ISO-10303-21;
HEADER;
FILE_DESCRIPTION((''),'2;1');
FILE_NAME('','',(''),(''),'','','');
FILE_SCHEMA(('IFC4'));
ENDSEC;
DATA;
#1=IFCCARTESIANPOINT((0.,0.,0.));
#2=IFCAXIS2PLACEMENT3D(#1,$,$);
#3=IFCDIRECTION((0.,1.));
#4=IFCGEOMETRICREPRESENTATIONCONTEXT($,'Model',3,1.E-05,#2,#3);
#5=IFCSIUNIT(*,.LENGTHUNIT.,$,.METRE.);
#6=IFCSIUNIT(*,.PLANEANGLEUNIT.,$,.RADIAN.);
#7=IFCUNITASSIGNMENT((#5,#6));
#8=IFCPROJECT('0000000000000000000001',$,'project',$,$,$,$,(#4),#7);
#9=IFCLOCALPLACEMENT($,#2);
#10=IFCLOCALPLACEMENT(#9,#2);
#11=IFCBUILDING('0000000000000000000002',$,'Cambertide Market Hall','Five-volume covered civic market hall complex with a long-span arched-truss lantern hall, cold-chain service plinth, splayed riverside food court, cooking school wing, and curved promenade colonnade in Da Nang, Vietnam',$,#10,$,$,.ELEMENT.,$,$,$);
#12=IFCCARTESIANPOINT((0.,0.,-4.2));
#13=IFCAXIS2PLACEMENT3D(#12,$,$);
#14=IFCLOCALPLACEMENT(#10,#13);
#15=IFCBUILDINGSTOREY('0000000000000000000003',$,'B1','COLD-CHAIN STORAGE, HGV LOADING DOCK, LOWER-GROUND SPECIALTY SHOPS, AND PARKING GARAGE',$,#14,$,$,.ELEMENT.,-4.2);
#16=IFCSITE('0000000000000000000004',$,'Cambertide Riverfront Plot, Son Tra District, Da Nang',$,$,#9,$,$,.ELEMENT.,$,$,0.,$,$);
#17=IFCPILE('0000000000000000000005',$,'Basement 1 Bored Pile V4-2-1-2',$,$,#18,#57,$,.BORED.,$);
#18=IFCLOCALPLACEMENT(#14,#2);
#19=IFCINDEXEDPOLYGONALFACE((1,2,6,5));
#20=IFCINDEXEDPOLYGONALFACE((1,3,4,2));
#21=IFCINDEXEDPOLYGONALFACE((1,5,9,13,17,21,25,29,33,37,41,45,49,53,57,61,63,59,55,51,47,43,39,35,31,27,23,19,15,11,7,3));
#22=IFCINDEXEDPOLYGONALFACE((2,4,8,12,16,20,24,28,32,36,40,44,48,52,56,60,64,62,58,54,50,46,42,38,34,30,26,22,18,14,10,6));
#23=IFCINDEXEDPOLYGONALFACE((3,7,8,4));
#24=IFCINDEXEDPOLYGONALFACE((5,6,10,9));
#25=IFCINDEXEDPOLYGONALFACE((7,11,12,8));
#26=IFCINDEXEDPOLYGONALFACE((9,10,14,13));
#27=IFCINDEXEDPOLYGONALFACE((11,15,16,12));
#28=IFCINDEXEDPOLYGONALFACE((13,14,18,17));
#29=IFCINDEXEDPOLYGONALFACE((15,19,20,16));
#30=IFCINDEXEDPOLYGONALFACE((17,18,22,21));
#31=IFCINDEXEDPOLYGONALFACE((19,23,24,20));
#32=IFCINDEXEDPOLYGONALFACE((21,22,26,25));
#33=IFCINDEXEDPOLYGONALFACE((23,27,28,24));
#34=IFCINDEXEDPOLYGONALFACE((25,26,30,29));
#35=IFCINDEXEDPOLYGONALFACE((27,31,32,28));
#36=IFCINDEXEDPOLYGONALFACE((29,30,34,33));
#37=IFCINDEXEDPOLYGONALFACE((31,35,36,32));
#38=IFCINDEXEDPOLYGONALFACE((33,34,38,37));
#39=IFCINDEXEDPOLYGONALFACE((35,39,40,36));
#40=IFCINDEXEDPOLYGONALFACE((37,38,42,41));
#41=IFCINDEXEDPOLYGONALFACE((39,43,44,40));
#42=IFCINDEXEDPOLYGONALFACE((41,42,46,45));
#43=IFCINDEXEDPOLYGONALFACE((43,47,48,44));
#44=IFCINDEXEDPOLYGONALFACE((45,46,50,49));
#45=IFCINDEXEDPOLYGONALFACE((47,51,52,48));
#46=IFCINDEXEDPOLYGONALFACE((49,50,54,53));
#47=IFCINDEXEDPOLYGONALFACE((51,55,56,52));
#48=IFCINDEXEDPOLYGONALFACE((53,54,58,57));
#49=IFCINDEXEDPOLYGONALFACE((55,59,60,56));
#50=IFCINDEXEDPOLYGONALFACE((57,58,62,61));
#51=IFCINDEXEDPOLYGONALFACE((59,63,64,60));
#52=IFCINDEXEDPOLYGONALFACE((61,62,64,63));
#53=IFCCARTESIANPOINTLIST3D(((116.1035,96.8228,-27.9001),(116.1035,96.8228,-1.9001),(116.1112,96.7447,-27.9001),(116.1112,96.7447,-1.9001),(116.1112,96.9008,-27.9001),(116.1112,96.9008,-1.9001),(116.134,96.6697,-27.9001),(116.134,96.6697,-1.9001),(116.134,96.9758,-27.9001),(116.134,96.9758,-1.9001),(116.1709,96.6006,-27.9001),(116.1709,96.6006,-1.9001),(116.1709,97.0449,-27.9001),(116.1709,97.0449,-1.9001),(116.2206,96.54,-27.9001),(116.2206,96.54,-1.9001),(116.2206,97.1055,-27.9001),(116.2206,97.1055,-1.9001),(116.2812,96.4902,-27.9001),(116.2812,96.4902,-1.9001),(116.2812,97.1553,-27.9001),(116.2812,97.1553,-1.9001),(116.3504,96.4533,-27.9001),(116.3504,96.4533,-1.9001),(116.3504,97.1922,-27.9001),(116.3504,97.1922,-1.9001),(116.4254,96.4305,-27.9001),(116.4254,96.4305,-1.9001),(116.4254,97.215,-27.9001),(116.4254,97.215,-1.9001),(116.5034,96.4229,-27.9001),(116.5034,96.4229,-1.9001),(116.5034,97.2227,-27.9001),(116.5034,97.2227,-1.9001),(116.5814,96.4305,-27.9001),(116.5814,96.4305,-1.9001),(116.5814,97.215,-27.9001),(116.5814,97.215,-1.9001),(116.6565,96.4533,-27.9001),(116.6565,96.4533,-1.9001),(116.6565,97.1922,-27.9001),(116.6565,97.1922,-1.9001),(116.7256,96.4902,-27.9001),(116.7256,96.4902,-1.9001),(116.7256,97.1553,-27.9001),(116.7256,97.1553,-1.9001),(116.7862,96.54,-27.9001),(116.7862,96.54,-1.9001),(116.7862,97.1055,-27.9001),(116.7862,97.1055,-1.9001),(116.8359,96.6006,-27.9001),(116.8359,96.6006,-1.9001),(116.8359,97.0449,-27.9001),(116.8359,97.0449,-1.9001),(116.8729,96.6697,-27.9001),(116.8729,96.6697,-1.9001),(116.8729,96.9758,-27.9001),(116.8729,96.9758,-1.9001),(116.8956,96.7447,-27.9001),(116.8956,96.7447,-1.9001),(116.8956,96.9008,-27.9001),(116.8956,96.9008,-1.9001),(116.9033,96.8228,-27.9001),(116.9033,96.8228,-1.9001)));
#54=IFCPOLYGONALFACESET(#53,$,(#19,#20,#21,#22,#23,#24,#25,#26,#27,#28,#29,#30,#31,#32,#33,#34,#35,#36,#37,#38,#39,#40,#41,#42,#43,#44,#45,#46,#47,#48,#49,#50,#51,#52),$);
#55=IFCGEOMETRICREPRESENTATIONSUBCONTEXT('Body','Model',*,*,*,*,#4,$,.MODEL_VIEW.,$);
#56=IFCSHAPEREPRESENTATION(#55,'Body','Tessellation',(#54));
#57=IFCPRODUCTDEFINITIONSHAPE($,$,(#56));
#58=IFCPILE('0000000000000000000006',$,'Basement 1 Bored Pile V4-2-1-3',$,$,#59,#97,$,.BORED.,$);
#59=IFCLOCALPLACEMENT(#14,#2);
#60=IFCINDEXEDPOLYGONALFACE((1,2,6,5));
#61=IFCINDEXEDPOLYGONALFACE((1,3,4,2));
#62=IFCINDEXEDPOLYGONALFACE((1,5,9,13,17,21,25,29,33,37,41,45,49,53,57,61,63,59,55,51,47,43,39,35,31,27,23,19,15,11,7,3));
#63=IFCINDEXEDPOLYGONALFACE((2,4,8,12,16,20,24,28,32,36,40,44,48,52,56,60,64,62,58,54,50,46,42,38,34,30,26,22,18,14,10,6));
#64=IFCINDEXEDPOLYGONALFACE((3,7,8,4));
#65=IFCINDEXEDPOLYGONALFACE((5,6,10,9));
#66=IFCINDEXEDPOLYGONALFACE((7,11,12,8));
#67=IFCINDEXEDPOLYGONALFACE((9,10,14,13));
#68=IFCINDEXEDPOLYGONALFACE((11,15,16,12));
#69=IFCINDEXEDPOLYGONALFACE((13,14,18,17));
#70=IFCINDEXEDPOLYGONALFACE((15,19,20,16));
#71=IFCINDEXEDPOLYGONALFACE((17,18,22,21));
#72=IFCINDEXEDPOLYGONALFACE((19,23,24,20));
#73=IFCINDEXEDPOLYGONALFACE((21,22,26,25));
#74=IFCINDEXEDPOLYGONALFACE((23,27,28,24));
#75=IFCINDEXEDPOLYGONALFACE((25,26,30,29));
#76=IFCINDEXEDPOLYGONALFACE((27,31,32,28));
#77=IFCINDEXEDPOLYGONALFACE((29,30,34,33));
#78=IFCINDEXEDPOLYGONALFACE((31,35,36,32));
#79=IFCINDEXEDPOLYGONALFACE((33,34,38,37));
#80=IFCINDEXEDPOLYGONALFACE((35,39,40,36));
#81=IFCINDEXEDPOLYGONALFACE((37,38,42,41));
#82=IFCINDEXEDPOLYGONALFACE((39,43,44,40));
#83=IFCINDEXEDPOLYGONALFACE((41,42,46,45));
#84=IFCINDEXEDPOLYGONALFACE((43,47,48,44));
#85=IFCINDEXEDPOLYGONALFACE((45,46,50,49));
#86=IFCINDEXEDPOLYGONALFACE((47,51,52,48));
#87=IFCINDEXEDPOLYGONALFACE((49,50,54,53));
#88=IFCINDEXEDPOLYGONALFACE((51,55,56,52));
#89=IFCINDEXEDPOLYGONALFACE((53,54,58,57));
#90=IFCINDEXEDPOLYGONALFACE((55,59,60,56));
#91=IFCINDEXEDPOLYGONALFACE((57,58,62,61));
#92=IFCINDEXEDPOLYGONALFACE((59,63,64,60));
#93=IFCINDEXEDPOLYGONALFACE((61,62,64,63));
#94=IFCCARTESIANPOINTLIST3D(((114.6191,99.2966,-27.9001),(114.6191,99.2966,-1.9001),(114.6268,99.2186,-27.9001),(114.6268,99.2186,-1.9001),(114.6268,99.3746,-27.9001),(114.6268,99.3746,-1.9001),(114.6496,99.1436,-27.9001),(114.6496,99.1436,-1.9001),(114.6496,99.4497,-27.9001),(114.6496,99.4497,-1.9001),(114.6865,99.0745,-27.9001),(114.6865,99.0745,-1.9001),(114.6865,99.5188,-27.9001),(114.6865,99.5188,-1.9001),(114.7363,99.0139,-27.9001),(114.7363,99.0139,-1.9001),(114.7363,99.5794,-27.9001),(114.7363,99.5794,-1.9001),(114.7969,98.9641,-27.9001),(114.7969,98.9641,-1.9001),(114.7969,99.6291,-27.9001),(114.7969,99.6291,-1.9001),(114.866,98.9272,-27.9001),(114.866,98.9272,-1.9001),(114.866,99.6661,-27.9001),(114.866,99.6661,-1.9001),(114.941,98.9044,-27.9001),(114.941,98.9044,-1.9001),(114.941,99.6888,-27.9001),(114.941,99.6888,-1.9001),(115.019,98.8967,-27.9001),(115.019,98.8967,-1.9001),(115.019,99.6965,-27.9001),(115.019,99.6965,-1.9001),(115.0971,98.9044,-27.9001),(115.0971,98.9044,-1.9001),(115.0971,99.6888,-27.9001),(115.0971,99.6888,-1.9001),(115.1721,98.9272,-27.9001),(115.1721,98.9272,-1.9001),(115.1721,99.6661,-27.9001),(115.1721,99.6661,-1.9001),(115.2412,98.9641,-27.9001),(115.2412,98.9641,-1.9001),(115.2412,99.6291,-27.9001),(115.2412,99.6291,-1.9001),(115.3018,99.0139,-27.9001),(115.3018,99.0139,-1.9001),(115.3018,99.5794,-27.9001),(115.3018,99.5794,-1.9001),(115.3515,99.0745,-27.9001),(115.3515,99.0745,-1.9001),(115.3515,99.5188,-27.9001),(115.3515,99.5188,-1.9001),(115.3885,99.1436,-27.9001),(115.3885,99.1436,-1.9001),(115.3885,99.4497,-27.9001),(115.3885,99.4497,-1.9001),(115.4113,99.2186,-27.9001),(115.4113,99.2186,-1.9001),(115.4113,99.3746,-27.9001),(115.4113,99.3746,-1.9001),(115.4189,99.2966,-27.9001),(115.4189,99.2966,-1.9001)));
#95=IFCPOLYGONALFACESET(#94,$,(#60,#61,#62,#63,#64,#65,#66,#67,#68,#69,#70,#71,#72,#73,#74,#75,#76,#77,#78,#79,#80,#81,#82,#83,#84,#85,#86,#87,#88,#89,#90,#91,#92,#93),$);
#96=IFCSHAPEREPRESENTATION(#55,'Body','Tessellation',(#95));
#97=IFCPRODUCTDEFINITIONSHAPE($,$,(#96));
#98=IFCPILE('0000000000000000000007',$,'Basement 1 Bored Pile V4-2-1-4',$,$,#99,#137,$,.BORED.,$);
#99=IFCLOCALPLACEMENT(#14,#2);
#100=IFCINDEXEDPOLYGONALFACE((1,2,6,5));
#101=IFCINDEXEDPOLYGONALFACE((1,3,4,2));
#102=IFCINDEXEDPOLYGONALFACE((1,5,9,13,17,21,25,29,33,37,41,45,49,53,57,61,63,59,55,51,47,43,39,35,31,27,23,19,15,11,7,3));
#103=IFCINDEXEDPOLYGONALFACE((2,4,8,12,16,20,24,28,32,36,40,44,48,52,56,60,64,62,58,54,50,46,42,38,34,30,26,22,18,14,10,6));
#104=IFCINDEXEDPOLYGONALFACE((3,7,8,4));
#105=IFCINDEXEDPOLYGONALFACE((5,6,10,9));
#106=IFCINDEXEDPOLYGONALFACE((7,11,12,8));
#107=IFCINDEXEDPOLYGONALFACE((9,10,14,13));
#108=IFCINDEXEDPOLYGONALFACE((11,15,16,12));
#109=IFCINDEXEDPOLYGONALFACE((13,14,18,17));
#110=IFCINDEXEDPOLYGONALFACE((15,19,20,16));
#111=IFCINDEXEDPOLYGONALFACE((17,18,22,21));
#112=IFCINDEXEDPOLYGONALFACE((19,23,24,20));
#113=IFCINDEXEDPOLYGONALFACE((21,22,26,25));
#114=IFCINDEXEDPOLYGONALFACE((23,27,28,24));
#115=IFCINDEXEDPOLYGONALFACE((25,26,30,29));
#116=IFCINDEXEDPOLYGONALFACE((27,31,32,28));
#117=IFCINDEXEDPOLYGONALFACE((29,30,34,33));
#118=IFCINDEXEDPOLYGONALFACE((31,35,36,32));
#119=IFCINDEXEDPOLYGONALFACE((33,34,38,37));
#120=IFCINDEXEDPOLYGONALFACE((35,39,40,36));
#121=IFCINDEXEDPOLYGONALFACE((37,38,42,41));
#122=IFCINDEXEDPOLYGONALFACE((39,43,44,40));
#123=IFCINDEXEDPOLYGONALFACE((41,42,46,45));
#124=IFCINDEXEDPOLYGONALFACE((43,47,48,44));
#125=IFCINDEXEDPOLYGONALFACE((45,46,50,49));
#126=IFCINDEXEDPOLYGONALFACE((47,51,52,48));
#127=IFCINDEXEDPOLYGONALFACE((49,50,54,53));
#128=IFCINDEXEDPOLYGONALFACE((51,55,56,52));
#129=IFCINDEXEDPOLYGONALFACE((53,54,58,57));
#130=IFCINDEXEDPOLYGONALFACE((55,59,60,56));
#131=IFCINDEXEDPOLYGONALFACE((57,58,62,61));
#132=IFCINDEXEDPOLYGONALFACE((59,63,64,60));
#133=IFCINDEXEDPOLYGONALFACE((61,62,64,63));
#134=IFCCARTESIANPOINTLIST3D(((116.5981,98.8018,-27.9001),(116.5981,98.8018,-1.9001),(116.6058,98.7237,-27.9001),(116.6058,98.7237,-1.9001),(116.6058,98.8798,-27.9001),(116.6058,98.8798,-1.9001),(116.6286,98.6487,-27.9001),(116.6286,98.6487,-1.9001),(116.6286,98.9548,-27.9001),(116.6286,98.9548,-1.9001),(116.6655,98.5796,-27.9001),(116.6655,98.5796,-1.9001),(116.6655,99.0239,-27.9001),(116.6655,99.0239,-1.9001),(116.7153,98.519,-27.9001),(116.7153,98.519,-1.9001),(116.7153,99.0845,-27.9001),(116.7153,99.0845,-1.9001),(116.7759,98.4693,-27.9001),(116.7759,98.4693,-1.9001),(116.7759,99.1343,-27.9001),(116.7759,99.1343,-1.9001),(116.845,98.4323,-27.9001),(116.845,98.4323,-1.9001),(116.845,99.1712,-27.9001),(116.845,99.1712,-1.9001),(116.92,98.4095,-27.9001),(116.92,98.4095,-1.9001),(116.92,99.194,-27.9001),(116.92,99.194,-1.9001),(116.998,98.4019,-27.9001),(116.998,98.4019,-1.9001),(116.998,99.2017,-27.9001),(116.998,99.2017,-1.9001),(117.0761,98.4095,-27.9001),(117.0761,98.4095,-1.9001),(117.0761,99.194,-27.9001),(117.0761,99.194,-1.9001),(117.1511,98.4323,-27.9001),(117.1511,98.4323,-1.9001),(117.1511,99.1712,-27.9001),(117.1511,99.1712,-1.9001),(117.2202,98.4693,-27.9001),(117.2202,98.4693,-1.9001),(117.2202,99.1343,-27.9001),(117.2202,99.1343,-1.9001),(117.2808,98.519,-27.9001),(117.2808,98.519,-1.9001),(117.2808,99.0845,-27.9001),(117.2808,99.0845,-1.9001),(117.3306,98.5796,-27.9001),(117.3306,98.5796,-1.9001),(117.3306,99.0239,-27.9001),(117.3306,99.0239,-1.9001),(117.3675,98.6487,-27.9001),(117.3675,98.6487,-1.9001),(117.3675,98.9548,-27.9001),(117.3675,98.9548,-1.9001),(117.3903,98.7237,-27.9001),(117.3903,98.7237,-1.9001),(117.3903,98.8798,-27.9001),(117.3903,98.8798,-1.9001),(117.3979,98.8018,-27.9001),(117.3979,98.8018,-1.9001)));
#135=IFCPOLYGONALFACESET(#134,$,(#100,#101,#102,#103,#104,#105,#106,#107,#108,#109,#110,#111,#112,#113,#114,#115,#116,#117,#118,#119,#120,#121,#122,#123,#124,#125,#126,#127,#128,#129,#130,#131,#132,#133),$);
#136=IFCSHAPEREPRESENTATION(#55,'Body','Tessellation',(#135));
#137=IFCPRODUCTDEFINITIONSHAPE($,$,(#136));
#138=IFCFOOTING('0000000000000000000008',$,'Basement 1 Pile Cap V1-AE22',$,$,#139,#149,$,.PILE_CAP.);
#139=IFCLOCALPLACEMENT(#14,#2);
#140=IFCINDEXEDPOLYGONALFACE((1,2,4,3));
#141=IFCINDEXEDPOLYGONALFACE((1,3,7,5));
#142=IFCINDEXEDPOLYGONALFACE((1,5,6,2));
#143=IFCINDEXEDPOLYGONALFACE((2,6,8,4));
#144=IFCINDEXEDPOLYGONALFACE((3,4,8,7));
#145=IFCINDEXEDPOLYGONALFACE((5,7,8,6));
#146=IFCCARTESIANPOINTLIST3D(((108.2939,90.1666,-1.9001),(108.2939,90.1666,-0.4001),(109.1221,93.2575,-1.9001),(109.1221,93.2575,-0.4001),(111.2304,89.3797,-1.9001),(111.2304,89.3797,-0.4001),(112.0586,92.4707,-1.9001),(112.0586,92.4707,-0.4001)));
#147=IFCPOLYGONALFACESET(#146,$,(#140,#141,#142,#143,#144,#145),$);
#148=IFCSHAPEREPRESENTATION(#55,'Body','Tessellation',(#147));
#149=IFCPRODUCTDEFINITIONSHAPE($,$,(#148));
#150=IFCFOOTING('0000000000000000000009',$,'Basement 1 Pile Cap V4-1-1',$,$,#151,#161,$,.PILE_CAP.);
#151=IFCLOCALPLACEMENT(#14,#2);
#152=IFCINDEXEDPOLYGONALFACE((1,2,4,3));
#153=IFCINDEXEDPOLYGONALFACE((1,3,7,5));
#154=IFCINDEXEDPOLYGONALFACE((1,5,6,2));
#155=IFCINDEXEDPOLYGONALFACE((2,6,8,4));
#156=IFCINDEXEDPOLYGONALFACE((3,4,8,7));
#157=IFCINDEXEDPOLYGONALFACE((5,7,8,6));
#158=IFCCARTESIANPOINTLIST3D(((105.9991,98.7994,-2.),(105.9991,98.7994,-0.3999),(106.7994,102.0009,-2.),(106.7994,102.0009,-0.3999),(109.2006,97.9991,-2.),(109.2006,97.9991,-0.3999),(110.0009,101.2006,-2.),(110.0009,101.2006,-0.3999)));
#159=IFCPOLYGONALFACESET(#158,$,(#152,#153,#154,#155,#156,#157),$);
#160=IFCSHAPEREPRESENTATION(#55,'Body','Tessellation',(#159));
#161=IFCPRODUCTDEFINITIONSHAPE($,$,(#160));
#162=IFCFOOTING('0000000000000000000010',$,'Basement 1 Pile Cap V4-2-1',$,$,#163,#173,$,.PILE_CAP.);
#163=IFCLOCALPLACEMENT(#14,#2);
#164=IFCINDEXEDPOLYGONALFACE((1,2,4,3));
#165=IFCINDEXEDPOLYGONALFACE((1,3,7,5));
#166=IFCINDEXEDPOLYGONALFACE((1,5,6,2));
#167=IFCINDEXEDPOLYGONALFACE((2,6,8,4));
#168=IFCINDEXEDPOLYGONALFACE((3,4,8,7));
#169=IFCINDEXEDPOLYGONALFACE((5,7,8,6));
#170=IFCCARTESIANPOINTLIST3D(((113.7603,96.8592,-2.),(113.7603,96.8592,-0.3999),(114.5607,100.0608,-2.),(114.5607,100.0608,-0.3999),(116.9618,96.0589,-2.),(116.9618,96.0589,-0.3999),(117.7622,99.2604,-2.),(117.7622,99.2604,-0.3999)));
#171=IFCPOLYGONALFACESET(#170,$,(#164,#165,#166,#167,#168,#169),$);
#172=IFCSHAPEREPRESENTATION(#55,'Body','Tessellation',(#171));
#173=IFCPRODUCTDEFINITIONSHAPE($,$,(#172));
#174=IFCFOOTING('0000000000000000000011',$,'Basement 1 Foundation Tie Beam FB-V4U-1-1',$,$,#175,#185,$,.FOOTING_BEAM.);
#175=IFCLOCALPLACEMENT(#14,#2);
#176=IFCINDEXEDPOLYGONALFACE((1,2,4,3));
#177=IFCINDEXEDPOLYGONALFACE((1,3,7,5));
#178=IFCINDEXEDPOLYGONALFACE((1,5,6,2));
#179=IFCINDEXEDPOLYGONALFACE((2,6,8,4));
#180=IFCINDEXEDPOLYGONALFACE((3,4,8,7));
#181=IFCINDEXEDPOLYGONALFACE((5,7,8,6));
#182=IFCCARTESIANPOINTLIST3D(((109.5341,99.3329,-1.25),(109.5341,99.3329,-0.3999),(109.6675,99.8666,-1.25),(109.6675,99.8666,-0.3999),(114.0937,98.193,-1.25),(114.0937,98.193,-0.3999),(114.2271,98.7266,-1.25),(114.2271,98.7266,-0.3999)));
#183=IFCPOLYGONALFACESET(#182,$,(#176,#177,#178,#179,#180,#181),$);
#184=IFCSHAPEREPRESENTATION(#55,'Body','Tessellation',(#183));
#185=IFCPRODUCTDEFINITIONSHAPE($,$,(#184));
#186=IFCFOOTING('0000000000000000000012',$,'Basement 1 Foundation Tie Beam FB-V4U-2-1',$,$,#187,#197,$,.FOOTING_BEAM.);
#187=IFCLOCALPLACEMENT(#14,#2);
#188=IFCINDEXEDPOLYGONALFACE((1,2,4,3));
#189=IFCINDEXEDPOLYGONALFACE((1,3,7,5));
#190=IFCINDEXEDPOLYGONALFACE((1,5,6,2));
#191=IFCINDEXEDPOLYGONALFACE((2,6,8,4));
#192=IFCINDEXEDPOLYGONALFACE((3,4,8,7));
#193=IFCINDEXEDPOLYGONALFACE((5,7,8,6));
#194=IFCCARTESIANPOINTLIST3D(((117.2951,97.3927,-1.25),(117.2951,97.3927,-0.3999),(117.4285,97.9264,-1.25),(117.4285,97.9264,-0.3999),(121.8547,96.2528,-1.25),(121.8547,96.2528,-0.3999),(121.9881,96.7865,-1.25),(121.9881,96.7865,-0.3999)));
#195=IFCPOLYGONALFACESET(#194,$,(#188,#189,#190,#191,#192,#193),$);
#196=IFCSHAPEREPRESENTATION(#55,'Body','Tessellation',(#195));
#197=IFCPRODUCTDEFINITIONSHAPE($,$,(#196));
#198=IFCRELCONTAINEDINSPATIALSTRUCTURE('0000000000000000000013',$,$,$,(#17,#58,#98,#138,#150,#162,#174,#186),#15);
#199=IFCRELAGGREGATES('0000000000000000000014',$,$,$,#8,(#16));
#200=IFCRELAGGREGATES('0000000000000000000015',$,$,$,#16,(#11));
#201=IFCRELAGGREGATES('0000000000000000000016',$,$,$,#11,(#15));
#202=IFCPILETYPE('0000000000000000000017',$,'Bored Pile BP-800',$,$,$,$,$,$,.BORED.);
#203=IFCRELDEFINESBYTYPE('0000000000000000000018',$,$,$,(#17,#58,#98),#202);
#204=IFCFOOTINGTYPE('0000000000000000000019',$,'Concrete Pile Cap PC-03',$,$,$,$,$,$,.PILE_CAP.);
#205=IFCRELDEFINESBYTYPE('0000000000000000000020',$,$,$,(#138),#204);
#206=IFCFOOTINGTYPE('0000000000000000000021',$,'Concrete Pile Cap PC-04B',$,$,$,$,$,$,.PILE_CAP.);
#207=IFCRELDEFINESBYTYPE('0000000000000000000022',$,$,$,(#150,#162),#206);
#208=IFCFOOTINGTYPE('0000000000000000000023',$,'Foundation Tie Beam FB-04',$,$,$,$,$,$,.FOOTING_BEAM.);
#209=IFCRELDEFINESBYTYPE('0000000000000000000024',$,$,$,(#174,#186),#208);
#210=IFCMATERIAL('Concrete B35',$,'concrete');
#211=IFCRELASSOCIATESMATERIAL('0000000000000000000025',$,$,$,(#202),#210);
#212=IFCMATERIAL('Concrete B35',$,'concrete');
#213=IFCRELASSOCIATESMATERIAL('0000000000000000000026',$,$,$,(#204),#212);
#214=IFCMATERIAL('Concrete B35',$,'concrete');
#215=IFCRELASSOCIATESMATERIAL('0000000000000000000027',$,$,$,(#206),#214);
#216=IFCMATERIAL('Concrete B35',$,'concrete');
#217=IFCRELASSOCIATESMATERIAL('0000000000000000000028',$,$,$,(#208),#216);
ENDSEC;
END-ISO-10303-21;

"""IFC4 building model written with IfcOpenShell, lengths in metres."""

from ifc_helpers import new_model, si_unit, direction, frame, origin, origin_2d, place, context, subcontext, project, spatial, rectangle, circle, extrude, material, material_profile, profile_set, type_object, element, save


model = new_model("IFC4")

# Units and contexts
model_context = context("Model", 3, precision=1e-05, world=origin(), true_north=direction((0.0, 1.0)))
body_context = subcontext(model_context, "Body", "Model", "MODEL_VIEW")
ifc_project = project(units=[si_unit("LENGTHUNIT", "METRE"), si_unit("PLANEANGLEUNIT", "RADIAN")], contexts=[model_context])

# Site, building, storey
site_placement = place(None, origin())
site = spatial("IfcSite", under=ifc_project, at=site_placement, Name="Cambertide Riverfront Plot, Son Tra District, Da Nang", CompositionType="ELEMENT", RefElevation=0.0)
building_placement = place(site_placement, origin())
building = spatial("IfcBuilding", under=site, at=building_placement, Name="Cambertide Market Hall", Description="Five-volume covered civic market hall complex with a long-span arched-truss lantern hall, cold-chain service plinth, splayed riverside food court, cooking school wing, and curved promenade colonnade in Da Nang, Vietnam", CompositionType="ELEMENT")
storey_placement = place(building_placement, frame((0.0, 0.0, -4.2)))
storey = spatial("IfcBuildingStorey", under=building, at=storey_placement, Name="B1", Description="COLD-CHAIN STORAGE, HGV LOADING DOCK, LOWER-GROUND SPECIALTY SHOPS, AND PARKING GARAGE", CompositionType="ELEMENT", Elevation=-4.2)

# Piles
ifc_material_1 = material(Name="Concrete B35", Category="concrete")
ifc_material_profile_1 = material_profile(ifc_material_1, circle(Radius=0.3999, at=origin_2d()), Name="BP D800")
ifc_profile_set_1 = profile_set([ifc_material_profile_1], Name="Concrete B35")
pile_type_1 = type_object("IfcPileType", Name="Bored Pile BP-800", PredefinedType="BORED", material=ifc_profile_set_1)
for number, where, z_axis, x_axis, name in (
    (1, (116.5034, 96.8228, -1.9001), (0.0, 0.0, -1.0), (1.0, 0.0, 0.0), "Basement 1 Bored Pile V4-2-1-2"),
    (2, (115.019, 99.2966, -1.9001), (0.0, 0.0, -1.0), (1.0, 0.0, 0.0), "Basement 1 Bored Pile V4-2-1-3"),
    (3, (116.998, 98.8018, -1.9001), (0.0, 0.0, -1.0), (1.0, 0.0, 0.0), "Basement 1 Bored Pile V4-2-1-4"),
):
    element("IfcPile", number, at=place(storey_placement, frame(where, z_axis=z_axis, x_axis=x_axis)), inside=storey, type_object=pile_type_1, Name=name, PredefinedType="BORED", context=body_context, shape_type="SweptSolid", body=[
        extrude(circle(Radius=0.3999, at=origin_2d()), origin(), (0.0, 0.0, 1.0), 26.0),
    ])

# Footings
ifc_material_2 = material(Name="Concrete B35", Category="concrete")
footing_type_1 = type_object("IfcFootingType", Name="Concrete Pile Cap PC-03", PredefinedType="PILE_CAP", material=ifc_material_2)
footing_placement = place(storey_placement, frame((110.1763, 91.3186, -1.9001), z_axis=(0.0, 0.0, 1.0), x_axis=(0.258819, 0.965926, 0.0)))
element("IfcFooting", 4, at=footing_placement, inside=storey, type_object=footing_type_1, Name="Basement 1 Pile Cap V1-AE22", PredefinedType="PILE_CAP", context=body_context, shape_type="SweptSolid", body=[
    extrude(rectangle(XDim=3.2, YDim=3.04, at=origin_2d()), origin(), (0.0, 0.0, 1.0), 1.5),
])
ifc_material_3 = material(Name="Concrete B35", Category="concrete")
footing_type_2 = type_object("IfcFootingType", Name="Concrete Pile Cap PC-04B", PredefinedType="PILE_CAP", material=ifc_material_3)
for number, where, z_axis, x_axis, name in (
    (5, (108.0, 100.0, -2.0), (0.0, 0.0, 1.0), (0.970143, -0.242536, 0.0), "Basement 1 Pile Cap V4-1-1"),
    (6, (115.7612, 98.0598, -2.0), (0.0, 0.0, 1.0), (0.970143, -0.242536, 0.0), "Basement 1 Pile Cap V4-2-1"),
):
    element("IfcFooting", number, at=place(storey_placement, frame(where, z_axis=z_axis, x_axis=x_axis)), inside=storey, type_object=footing_type_2, Name=name, PredefinedType="PILE_CAP", context=body_context, shape_type="SweptSolid", body=[
        extrude(rectangle(XDim=3.3, YDim=3.3, at=origin_2d()), origin(), (0.0, 0.0, 1.0), 1.6001),
    ])
ifc_material_4 = material(Name="Concrete B35", Category="concrete")
footing_type_3 = type_object("IfcFootingType", Name="Foundation Tie Beam FB-04", PredefinedType="FOOTING_BEAM", material=ifc_material_4)
for number, where, z_axis, x_axis, name in (
    (7, (111.8806, 99.0298, -1.25), (0.0, 0.0, 1.0), (0.970143, -0.242536, 0.0), "Basement 1 Foundation Tie Beam FB-V4U-1-1"),
    (8, (119.6416, 97.0896, -1.25), (0.0, 0.0, 1.0), (0.970143, -0.242536, 0.0), "Basement 1 Foundation Tie Beam FB-V4U-2-1"),
):
    element("IfcFooting", number, at=place(storey_placement, frame(where, z_axis=z_axis, x_axis=x_axis)), inside=storey, type_object=footing_type_3, Name=name, PredefinedType="FOOTING_BEAM", context=body_context, shape_type="SweptSolid", body=[
        extrude(rectangle(XDim=4.7, YDim=0.55, at=origin_2d()), origin(), (0.0, 0.0, 1.0), 0.8501),
    ])

save(model, "model.ifc")
